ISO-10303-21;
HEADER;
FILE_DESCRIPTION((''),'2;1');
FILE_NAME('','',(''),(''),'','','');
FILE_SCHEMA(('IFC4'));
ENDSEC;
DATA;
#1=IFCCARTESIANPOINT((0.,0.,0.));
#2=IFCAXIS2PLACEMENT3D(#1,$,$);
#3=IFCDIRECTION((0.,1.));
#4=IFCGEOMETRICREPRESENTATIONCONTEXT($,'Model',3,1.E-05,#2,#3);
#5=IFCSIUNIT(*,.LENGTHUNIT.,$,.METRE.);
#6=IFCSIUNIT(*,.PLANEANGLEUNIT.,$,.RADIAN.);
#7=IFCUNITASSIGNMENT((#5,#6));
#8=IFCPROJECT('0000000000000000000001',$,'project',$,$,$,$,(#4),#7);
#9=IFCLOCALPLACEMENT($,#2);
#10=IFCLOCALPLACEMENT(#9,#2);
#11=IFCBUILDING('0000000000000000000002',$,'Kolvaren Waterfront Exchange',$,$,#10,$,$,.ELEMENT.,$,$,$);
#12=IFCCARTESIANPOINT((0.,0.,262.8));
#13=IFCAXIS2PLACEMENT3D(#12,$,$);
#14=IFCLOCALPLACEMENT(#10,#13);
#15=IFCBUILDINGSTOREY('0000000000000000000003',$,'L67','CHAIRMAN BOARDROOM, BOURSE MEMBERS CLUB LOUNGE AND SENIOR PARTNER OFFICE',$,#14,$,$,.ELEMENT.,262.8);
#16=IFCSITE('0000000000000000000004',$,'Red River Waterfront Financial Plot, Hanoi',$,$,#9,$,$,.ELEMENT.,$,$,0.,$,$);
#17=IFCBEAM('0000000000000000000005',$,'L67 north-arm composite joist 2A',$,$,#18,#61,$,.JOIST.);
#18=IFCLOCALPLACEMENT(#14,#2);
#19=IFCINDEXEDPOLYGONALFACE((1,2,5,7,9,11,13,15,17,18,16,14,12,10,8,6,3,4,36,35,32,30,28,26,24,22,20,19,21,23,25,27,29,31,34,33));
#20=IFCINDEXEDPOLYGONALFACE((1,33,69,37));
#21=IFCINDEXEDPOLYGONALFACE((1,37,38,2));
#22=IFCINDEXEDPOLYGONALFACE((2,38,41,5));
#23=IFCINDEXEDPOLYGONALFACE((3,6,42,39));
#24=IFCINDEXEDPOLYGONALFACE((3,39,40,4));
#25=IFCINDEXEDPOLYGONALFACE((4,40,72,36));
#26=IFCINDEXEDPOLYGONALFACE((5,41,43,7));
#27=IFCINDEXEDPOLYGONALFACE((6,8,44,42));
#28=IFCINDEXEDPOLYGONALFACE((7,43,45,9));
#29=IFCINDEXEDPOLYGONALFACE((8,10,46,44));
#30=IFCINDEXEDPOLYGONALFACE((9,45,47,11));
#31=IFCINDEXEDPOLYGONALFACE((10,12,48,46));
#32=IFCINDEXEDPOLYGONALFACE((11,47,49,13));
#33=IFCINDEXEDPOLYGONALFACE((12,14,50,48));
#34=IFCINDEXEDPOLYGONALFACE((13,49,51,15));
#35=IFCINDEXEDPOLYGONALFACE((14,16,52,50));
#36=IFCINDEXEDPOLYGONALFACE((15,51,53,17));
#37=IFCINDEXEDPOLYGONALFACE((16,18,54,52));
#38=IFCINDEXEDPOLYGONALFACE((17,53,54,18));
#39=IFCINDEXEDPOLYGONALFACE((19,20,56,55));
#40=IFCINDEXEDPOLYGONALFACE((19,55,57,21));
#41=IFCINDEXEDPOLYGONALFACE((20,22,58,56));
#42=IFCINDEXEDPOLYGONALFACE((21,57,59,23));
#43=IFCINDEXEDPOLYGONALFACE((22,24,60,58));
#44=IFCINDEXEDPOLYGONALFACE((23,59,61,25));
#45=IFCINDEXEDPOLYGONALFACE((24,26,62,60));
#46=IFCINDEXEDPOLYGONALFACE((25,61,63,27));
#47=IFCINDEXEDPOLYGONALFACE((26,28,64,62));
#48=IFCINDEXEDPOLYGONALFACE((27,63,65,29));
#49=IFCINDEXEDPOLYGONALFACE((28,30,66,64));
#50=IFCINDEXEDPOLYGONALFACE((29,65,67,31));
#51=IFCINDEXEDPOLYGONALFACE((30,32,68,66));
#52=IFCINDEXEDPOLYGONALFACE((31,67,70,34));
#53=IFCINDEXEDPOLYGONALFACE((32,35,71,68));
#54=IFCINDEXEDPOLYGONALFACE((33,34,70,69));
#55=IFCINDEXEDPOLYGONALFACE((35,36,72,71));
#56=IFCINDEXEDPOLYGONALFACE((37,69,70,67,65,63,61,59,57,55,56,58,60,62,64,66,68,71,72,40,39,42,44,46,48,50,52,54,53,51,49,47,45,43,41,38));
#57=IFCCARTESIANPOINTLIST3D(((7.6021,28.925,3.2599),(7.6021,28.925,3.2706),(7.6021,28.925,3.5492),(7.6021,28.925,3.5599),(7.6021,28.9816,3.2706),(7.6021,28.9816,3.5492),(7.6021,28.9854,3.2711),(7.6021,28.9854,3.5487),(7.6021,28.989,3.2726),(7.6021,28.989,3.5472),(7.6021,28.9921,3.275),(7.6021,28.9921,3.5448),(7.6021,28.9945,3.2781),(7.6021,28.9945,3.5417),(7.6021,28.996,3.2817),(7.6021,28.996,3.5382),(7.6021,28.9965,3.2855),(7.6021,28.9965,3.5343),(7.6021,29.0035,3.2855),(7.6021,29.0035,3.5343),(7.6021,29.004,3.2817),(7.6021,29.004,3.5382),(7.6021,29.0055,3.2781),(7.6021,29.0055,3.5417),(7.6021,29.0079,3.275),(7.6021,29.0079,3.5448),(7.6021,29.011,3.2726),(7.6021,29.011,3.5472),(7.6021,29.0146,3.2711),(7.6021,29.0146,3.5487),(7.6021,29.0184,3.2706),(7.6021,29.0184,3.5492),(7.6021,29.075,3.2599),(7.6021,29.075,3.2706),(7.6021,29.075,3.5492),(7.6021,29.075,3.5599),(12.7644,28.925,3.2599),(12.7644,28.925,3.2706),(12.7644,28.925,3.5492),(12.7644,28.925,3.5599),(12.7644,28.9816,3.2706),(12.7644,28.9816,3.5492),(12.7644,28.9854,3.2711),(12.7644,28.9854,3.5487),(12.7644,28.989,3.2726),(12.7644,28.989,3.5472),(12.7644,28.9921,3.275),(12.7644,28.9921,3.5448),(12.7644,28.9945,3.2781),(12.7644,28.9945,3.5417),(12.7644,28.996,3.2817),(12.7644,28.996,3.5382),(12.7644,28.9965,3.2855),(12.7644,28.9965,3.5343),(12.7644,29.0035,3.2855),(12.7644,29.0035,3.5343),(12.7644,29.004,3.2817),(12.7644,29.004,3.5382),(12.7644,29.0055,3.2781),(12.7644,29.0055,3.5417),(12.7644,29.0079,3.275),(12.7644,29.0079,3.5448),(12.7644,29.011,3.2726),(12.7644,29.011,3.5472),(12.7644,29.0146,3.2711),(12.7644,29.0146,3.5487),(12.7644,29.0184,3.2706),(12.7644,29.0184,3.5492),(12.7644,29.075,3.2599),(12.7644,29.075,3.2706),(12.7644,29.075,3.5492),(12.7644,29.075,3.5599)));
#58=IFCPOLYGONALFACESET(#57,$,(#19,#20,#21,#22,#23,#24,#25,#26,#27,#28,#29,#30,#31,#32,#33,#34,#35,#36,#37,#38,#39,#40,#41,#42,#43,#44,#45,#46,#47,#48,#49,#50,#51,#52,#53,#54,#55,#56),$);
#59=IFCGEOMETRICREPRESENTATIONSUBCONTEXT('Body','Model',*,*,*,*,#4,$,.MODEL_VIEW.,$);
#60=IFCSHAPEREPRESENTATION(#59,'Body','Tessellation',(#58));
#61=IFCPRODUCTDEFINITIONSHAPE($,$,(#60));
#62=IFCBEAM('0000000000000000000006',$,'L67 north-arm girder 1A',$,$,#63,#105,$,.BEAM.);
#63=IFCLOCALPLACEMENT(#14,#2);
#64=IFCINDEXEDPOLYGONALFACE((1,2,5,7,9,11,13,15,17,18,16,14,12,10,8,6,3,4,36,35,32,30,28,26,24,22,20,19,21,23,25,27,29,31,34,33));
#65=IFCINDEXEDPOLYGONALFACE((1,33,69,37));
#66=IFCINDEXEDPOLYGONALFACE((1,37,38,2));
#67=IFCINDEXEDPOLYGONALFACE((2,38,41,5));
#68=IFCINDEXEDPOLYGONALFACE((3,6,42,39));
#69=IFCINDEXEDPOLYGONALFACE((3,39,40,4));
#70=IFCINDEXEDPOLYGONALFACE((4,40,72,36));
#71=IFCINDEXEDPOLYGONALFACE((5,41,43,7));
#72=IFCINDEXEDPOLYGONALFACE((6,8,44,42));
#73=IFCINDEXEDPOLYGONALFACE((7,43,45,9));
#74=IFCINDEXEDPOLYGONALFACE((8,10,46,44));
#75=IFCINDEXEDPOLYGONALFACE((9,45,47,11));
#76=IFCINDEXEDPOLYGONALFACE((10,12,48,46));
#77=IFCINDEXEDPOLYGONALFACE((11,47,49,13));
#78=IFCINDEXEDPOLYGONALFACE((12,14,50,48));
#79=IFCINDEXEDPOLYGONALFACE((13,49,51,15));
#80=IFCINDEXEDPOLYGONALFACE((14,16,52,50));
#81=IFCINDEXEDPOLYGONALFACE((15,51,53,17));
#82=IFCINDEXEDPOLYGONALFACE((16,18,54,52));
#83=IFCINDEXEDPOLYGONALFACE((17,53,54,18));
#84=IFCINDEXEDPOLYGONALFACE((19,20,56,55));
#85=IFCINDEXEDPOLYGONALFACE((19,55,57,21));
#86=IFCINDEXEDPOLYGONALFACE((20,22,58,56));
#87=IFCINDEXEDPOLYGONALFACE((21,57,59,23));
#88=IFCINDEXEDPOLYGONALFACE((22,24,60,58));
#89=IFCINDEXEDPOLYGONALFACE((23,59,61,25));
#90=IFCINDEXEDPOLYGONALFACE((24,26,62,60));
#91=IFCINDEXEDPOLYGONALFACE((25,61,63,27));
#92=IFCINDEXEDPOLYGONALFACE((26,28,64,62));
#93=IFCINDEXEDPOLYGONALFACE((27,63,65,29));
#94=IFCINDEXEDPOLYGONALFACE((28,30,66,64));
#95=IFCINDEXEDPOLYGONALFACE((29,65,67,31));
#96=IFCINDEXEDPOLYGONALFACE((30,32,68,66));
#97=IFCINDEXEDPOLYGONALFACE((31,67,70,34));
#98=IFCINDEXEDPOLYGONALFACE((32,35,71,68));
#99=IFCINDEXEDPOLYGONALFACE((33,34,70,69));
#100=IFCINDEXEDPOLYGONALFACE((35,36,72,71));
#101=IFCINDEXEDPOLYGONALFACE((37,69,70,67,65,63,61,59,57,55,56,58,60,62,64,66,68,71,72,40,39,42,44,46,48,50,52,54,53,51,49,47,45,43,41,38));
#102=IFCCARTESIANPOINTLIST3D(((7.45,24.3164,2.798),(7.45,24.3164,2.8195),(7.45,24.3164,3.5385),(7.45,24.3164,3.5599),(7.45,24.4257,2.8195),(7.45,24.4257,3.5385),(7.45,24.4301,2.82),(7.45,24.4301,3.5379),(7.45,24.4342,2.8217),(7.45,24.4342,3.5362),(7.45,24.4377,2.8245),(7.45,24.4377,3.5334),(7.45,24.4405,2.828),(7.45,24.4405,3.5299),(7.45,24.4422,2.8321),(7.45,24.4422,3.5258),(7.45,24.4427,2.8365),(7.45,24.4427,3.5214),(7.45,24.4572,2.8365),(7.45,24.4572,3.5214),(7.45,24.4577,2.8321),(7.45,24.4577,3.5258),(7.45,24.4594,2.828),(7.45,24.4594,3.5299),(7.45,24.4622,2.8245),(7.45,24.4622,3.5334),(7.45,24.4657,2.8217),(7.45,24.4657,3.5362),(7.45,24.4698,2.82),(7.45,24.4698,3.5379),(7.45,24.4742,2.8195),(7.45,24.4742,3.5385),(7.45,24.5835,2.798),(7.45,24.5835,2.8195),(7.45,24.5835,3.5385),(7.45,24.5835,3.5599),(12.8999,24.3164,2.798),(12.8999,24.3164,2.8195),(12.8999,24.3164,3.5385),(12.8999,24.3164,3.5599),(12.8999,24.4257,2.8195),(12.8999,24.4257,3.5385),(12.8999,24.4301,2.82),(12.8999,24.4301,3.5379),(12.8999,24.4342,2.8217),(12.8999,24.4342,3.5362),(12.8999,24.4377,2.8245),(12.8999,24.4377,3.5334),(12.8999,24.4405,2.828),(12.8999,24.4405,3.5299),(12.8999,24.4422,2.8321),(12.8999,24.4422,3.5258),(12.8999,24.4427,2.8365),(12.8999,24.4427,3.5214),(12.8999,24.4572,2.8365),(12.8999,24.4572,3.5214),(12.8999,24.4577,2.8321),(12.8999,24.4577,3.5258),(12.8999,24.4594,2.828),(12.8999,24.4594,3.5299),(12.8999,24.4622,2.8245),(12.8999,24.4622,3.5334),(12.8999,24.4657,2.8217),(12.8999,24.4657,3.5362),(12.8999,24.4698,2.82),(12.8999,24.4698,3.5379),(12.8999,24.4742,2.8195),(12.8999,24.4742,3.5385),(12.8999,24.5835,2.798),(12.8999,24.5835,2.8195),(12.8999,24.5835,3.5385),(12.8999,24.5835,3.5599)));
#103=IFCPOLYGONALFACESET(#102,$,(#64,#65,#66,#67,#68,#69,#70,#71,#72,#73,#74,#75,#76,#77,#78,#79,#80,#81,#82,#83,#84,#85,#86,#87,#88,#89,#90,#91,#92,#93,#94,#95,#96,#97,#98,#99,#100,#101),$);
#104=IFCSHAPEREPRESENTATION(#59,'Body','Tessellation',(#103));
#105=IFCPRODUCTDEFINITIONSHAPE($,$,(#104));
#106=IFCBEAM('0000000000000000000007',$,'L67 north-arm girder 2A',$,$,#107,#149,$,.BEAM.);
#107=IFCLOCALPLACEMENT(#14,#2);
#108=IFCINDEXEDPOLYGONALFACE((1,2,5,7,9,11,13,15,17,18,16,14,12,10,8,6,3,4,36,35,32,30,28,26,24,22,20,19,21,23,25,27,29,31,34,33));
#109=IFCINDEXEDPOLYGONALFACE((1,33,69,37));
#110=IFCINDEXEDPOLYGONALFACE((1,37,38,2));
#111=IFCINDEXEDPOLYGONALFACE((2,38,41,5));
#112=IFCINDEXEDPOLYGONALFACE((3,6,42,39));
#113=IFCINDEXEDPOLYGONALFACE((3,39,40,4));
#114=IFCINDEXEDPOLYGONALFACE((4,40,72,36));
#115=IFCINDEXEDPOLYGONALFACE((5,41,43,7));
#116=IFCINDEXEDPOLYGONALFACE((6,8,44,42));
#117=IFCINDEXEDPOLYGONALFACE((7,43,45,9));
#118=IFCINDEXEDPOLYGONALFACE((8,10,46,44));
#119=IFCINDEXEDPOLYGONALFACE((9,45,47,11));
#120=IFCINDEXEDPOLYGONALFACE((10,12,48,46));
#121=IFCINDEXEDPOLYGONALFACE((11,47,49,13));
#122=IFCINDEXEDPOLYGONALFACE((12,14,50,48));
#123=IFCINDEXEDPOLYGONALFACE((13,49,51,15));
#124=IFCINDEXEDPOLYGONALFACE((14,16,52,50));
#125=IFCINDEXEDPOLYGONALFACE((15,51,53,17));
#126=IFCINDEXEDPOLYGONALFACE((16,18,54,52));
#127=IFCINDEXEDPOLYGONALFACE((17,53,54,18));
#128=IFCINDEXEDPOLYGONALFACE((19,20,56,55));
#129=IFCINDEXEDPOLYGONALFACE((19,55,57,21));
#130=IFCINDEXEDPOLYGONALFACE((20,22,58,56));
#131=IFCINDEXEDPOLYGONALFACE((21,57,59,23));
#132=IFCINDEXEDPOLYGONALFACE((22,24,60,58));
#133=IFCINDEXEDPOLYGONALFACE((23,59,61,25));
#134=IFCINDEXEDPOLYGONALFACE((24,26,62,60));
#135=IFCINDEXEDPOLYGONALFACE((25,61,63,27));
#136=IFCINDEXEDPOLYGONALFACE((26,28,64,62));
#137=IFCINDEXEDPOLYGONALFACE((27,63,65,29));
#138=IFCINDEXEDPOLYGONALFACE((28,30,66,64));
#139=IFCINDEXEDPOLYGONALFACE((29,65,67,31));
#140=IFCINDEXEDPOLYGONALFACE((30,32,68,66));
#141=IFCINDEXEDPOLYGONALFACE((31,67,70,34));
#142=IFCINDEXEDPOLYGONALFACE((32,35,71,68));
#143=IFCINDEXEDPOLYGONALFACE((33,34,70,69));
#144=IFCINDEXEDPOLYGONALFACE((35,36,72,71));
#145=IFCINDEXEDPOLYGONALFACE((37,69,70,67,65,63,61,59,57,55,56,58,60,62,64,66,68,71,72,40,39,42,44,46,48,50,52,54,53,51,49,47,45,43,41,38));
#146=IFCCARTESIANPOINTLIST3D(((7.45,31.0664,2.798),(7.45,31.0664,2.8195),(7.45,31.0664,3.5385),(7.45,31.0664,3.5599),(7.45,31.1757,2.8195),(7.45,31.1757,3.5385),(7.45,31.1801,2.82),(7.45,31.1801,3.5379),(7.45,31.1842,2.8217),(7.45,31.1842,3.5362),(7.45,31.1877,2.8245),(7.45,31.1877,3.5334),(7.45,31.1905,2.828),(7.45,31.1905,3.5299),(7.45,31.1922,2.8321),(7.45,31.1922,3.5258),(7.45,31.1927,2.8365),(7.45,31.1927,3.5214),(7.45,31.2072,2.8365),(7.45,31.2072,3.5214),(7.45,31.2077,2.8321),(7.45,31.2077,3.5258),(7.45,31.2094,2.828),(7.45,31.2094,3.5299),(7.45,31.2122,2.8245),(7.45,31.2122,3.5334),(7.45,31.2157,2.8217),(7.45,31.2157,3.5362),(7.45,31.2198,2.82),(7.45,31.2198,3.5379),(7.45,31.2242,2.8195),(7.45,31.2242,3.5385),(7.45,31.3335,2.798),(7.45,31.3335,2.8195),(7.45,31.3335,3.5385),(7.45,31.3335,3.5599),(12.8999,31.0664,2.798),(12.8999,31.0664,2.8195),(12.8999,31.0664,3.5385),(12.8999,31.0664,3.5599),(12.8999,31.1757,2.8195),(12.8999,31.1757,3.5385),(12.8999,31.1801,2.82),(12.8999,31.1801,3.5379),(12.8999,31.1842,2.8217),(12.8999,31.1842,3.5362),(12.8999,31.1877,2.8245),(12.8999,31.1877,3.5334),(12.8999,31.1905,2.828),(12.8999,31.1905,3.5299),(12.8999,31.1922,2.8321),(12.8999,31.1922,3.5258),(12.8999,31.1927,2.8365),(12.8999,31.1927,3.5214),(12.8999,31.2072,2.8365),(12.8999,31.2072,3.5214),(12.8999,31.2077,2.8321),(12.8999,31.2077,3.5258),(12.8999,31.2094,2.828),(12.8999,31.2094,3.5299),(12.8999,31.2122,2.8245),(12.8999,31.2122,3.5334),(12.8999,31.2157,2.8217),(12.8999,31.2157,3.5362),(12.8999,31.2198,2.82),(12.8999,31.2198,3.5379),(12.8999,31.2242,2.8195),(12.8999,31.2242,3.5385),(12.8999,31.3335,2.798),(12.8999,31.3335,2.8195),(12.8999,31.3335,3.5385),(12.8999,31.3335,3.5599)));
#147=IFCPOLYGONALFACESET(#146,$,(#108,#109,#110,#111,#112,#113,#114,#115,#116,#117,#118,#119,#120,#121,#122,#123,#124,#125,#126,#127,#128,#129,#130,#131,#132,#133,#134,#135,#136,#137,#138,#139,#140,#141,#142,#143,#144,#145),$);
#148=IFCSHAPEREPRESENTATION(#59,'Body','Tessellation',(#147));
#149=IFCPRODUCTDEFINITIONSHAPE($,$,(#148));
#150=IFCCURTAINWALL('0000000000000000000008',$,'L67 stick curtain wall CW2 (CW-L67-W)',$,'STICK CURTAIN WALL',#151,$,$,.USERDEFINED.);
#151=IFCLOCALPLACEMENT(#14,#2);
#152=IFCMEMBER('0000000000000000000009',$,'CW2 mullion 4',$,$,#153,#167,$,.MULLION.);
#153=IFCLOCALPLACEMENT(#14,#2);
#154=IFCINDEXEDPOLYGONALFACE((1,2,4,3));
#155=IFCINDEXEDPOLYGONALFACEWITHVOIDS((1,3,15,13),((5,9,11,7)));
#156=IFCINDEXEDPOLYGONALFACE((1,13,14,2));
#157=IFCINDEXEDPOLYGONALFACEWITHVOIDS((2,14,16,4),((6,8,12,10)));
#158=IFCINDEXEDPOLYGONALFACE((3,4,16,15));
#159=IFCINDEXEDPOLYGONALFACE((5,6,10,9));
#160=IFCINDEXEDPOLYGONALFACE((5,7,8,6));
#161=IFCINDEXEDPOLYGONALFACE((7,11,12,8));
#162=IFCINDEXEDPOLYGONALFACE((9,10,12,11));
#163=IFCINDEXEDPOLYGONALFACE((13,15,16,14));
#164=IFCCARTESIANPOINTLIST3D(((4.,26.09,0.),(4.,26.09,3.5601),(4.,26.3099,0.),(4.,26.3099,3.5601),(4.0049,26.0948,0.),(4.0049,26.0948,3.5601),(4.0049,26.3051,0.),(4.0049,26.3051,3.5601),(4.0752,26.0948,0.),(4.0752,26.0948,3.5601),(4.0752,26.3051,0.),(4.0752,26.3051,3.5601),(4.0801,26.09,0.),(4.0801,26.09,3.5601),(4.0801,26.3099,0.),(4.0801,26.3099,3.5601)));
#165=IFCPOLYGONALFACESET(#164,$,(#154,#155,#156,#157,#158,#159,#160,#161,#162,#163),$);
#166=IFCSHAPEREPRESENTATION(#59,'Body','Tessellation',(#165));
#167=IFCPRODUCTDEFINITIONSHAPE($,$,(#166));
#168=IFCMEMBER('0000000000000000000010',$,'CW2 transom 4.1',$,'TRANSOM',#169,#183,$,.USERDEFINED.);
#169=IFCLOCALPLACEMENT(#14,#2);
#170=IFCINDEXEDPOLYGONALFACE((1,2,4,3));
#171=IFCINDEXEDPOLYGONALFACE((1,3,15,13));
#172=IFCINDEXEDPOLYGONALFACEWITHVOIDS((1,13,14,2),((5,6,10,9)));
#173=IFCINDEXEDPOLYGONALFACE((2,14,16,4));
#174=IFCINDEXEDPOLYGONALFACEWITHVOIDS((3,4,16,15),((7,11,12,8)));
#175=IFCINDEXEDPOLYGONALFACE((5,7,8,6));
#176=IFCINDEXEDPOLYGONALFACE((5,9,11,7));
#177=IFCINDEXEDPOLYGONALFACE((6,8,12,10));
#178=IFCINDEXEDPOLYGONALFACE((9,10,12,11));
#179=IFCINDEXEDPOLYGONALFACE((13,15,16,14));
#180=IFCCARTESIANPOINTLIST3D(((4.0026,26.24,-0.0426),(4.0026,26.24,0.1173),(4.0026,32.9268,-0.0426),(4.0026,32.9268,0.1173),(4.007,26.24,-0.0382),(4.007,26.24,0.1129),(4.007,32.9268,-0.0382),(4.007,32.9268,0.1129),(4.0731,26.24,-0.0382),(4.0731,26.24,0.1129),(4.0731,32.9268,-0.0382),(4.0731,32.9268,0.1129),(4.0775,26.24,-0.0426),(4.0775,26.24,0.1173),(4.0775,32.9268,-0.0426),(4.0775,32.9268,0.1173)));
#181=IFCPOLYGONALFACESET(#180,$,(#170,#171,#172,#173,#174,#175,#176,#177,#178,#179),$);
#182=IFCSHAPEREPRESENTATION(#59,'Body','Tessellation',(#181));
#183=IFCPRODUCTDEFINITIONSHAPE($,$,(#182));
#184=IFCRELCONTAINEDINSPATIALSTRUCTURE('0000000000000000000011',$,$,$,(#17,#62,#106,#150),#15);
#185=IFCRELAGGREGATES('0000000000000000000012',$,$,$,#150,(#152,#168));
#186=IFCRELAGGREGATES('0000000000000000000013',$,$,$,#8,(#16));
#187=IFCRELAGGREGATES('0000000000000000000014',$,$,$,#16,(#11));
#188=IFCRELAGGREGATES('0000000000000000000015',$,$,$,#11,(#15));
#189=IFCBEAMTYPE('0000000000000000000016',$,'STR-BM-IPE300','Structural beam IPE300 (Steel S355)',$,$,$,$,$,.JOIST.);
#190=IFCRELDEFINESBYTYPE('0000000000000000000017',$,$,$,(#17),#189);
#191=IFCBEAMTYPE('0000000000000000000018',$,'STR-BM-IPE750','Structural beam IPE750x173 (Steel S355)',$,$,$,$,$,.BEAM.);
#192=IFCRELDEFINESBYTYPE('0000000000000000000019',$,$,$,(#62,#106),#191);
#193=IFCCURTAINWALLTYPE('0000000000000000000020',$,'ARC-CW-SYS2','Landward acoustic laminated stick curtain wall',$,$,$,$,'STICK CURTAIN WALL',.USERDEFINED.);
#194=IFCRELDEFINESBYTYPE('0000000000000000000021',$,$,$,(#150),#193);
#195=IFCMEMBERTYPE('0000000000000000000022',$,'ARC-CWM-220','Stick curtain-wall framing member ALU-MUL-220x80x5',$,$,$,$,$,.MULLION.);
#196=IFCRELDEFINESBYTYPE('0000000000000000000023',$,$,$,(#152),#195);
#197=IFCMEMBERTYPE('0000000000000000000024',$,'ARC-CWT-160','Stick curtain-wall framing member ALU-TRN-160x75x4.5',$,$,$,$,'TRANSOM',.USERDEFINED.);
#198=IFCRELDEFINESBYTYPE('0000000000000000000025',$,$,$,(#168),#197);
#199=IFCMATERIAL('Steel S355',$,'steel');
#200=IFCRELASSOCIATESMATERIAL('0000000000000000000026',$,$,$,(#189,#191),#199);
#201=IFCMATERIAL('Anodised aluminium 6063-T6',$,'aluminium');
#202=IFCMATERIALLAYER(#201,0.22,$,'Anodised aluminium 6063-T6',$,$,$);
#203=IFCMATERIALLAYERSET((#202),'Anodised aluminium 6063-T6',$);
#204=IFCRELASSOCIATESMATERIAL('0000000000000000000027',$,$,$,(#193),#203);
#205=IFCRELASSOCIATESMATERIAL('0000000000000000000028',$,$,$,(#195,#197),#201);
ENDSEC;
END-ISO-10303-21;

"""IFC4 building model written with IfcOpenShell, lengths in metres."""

from ifc_helpers import new_model, si_unit, direction, frame, origin, origin_with_axes, origin_2d, place, context, subcontext, project, spatial, hollow_rectangle, i_section, extrude, source, transform, mapped, material, layer, layer_set, material_profile, profile_set, type_object, element, aggregate, save


model = new_model("IFC4")

# Units and contexts
model_context = context("Model", 3, precision=1e-05, world=origin(), true_north=direction((0.0, 1.0)))
body_context = subcontext(model_context, "Body", "Model", "MODEL_VIEW")
ifc_project = project(units=[si_unit("LENGTHUNIT", "METRE"), si_unit("PLANEANGLEUNIT", "RADIAN")], contexts=[model_context])

# Site, building, storey
site_placement = place(None, origin())
site = spatial("IfcSite", under=ifc_project, at=site_placement, Name="Red River Waterfront Financial Plot, Hanoi", CompositionType="ELEMENT", RefElevation=0.0)
building_placement = place(site_placement, origin())
building = spatial("IfcBuilding", under=site, at=building_placement, Name="Kolvaren Waterfront Exchange", CompositionType="ELEMENT")
storey_placement = place(building_placement, frame((0.0, 0.0, 262.8)))
storey = spatial("IfcBuildingStorey", under=building, at=storey_placement, Name="L67", Description="CHAIRMAN BOARDROOM, BOURSE MEMBERS CLUB LOUNGE AND SENIOR PARTNER OFFICE", CompositionType="ELEMENT", Elevation=262.8)

# Beams
ifc_material_1 = material(Name="Steel S355", Category="steel")
ifc_material_profile_1 = material_profile(ifc_material_1, i_section(OverallWidth=0.1499, OverallDepth=0.3, WebThickness=0.0071, FlangeThickness=0.0107, FilletRadius=0.0149, at=origin_2d()), Name="IPE300")
ifc_profile_set_1 = profile_set([ifc_material_profile_1], Name="Steel S355")
beam_type_1 = type_object("IfcBeamType", Name="STR-BM-IPE300", Description="Structural beam IPE300 (Steel S355)", PredefinedType="JOIST", material=ifc_profile_set_1)
for number, where, z_axis, x_axis, name in (
    (1, (7.6021, 29.0, 3.4099), (1.0, 0.0, 0.0), (0.0, 1.0, 0.0), "L67 north-arm composite joist 2A"),
):
    element("IfcBeam", number, at=place(storey_placement, frame(where, z_axis=z_axis, x_axis=x_axis)), inside=storey, type_object=beam_type_1, Name=name, PredefinedType="JOIST", context=body_context, shape_type="SweptSolid", body=[
        extrude(i_section(OverallWidth=0.1499, OverallDepth=0.3, WebThickness=0.0071, FlangeThickness=0.0107, FilletRadius=0.0149, at=origin_2d()), origin(), (0.0, 0.0, 1.0), 5.1624),
    ])
ifc_material_profile_2 = material_profile(ifc_material_1, i_section(OverallWidth=0.2671, OverallDepth=0.762, WebThickness=0.0144, FlangeThickness=0.0215, FilletRadius=0.0171, at=origin_2d()), Name="IPE750x173")
ifc_profile_set_2 = profile_set([ifc_material_profile_2], Name="Steel S355")
beam_type_2 = type_object("IfcBeamType", Name="STR-BM-IPE750", Description="Structural beam IPE750x173 (Steel S355)", PredefinedType="BEAM", material=ifc_profile_set_2)
for number, where, z_axis, x_axis, name in (
    (2, (7.45, 24.45, 3.179), (1.0, 0.0, 0.0), (0.0, 1.0, 0.0), "L67 north-arm girder 1A"),
    (3, (7.45, 31.2, 3.179), (1.0, 0.0, 0.0), (0.0, 1.0, 0.0), "L67 north-arm girder 2A"),
):
    element("IfcBeam", number, at=place(storey_placement, frame(where, z_axis=z_axis, x_axis=x_axis)), inside=storey, type_object=beam_type_2, Name=name, PredefinedType="BEAM", context=body_context, shape_type="SweptSolid", body=[
        extrude(i_section(OverallWidth=0.2671, OverallDepth=0.762, WebThickness=0.0144, FlangeThickness=0.0215, FilletRadius=0.0171, at=origin_2d()), origin(), (0.0, 0.0, 1.0), 5.45),
    ])

# Curtain wall, members
ifc_material_2 = material(Name="Anodised aluminium 6063-T6", Category="aluminium")
ifc_layer_1 = layer(ifc_material_2, 0.22, Name="Anodised aluminium 6063-T6")
ifc_layer_set_1 = layer_set([ifc_layer_1], Name="Anodised aluminium 6063-T6")
curtain_wall_type = type_object("IfcCurtainWallType", Name="ARC-CW-SYS2", Description="Landward acoustic laminated stick curtain wall", ElementType="STICK CURTAIN WALL", PredefinedType="USERDEFINED", material=ifc_layer_set_1)
curtain_wall_placement = place(storey_placement, origin())
curtain_wall = element("IfcCurtainWall", 4, at=curtain_wall_placement, inside=storey, type_object=curtain_wall_type, Name="L67 stick curtain wall CW2 (CW-L67-W)", ObjectType="STICK CURTAIN WALL", PredefinedType="USERDEFINED")
ifc_material_profile_3 = material_profile(ifc_material_2, hollow_rectangle(XDim=0.0801, YDim=0.22, WallThickness=0.0049, at=origin_2d()), Name="ALU-MUL-220x80x5")
ifc_profile_set_3 = profile_set([ifc_material_profile_3], Name="Anodised aluminium 6063-T6")
member_type_1 = type_object("IfcMemberType", Name="ARC-CWM-220", Description="Stick curtain-wall framing member ALU-MUL-220x80x5", PredefinedType="MULLION", material=ifc_profile_set_3)
shared_shape_1 = source(origin_with_axes(), body_context, "Body", "SweptSolid", [
    extrude(hollow_rectangle(XDim=0.0801, YDim=0.22, WallThickness=0.0049, at=origin_2d()), origin(), (0.0, 0.0, 1.0), 3.5601),
])
member_1_placement = place(storey_placement, frame((4.04, 26.2, 0.0), z_axis=(0.0, 0.0, 1.0), x_axis=(-1.0, 0.0, 0.0)))
member_1 = element("IfcMember", 5, at=member_1_placement, type_object=member_type_1, Name="CW2 mullion 4", PredefinedType="MULLION", context=body_context, shape_type="MappedRepresentation", body=[
    mapped(shared_shape_1, transform((0.0, 0.0, 0.0), x_axis=(1.0, 0.0, 0.0), y_axis=(0.0, 1.0, 0.0), z_axis=(0.0, 0.0, 1.0), scale=1.0)),
])
ifc_material_profile_4 = material_profile(ifc_material_2, hollow_rectangle(XDim=0.075, YDim=0.1599, WallThickness=0.0044, at=origin_2d()), Name="ALU-TRN-160x75x4.5")
ifc_profile_set_4 = profile_set([ifc_material_profile_4], Name="Anodised aluminium 6063-T6")
member_type_2 = type_object("IfcMemberType", Name="ARC-CWT-160", Description="Stick curtain-wall framing member ALU-TRN-160x75x4.5", ElementType="TRANSOM", PredefinedType="USERDEFINED", material=ifc_profile_set_4)
shared_shape_2 = source(origin_with_axes(), body_context, "Body", "SweptSolid", [
    extrude(hollow_rectangle(XDim=0.075, YDim=0.1599, WallThickness=0.0044, at=origin_2d()), origin(), (0.0, 0.0, 1.0), 6.6868),
])
member_2_placement = place(storey_placement, frame((4.04, 26.24, 0.0374), z_axis=(0.0, 1.0, 0.0), x_axis=(-1.0, 0.0, 0.0)))
member_2 = element("IfcMember", 6, at=member_2_placement, type_object=member_type_2, Name="CW2 transom 4.1", ObjectType="TRANSOM", PredefinedType="USERDEFINED", context=body_context, shape_type="MappedRepresentation", body=[
    mapped(shared_shape_2, transform((0.0, 0.0, 0.0), x_axis=(1.0, 0.0, 0.0), y_axis=(0.0, 1.0, 0.0), z_axis=(0.0, 0.0, 1.0), scale=1.0)),
])
aggregate(curtain_wall, [member_1, member_2])

save(model, "model.ifc")
